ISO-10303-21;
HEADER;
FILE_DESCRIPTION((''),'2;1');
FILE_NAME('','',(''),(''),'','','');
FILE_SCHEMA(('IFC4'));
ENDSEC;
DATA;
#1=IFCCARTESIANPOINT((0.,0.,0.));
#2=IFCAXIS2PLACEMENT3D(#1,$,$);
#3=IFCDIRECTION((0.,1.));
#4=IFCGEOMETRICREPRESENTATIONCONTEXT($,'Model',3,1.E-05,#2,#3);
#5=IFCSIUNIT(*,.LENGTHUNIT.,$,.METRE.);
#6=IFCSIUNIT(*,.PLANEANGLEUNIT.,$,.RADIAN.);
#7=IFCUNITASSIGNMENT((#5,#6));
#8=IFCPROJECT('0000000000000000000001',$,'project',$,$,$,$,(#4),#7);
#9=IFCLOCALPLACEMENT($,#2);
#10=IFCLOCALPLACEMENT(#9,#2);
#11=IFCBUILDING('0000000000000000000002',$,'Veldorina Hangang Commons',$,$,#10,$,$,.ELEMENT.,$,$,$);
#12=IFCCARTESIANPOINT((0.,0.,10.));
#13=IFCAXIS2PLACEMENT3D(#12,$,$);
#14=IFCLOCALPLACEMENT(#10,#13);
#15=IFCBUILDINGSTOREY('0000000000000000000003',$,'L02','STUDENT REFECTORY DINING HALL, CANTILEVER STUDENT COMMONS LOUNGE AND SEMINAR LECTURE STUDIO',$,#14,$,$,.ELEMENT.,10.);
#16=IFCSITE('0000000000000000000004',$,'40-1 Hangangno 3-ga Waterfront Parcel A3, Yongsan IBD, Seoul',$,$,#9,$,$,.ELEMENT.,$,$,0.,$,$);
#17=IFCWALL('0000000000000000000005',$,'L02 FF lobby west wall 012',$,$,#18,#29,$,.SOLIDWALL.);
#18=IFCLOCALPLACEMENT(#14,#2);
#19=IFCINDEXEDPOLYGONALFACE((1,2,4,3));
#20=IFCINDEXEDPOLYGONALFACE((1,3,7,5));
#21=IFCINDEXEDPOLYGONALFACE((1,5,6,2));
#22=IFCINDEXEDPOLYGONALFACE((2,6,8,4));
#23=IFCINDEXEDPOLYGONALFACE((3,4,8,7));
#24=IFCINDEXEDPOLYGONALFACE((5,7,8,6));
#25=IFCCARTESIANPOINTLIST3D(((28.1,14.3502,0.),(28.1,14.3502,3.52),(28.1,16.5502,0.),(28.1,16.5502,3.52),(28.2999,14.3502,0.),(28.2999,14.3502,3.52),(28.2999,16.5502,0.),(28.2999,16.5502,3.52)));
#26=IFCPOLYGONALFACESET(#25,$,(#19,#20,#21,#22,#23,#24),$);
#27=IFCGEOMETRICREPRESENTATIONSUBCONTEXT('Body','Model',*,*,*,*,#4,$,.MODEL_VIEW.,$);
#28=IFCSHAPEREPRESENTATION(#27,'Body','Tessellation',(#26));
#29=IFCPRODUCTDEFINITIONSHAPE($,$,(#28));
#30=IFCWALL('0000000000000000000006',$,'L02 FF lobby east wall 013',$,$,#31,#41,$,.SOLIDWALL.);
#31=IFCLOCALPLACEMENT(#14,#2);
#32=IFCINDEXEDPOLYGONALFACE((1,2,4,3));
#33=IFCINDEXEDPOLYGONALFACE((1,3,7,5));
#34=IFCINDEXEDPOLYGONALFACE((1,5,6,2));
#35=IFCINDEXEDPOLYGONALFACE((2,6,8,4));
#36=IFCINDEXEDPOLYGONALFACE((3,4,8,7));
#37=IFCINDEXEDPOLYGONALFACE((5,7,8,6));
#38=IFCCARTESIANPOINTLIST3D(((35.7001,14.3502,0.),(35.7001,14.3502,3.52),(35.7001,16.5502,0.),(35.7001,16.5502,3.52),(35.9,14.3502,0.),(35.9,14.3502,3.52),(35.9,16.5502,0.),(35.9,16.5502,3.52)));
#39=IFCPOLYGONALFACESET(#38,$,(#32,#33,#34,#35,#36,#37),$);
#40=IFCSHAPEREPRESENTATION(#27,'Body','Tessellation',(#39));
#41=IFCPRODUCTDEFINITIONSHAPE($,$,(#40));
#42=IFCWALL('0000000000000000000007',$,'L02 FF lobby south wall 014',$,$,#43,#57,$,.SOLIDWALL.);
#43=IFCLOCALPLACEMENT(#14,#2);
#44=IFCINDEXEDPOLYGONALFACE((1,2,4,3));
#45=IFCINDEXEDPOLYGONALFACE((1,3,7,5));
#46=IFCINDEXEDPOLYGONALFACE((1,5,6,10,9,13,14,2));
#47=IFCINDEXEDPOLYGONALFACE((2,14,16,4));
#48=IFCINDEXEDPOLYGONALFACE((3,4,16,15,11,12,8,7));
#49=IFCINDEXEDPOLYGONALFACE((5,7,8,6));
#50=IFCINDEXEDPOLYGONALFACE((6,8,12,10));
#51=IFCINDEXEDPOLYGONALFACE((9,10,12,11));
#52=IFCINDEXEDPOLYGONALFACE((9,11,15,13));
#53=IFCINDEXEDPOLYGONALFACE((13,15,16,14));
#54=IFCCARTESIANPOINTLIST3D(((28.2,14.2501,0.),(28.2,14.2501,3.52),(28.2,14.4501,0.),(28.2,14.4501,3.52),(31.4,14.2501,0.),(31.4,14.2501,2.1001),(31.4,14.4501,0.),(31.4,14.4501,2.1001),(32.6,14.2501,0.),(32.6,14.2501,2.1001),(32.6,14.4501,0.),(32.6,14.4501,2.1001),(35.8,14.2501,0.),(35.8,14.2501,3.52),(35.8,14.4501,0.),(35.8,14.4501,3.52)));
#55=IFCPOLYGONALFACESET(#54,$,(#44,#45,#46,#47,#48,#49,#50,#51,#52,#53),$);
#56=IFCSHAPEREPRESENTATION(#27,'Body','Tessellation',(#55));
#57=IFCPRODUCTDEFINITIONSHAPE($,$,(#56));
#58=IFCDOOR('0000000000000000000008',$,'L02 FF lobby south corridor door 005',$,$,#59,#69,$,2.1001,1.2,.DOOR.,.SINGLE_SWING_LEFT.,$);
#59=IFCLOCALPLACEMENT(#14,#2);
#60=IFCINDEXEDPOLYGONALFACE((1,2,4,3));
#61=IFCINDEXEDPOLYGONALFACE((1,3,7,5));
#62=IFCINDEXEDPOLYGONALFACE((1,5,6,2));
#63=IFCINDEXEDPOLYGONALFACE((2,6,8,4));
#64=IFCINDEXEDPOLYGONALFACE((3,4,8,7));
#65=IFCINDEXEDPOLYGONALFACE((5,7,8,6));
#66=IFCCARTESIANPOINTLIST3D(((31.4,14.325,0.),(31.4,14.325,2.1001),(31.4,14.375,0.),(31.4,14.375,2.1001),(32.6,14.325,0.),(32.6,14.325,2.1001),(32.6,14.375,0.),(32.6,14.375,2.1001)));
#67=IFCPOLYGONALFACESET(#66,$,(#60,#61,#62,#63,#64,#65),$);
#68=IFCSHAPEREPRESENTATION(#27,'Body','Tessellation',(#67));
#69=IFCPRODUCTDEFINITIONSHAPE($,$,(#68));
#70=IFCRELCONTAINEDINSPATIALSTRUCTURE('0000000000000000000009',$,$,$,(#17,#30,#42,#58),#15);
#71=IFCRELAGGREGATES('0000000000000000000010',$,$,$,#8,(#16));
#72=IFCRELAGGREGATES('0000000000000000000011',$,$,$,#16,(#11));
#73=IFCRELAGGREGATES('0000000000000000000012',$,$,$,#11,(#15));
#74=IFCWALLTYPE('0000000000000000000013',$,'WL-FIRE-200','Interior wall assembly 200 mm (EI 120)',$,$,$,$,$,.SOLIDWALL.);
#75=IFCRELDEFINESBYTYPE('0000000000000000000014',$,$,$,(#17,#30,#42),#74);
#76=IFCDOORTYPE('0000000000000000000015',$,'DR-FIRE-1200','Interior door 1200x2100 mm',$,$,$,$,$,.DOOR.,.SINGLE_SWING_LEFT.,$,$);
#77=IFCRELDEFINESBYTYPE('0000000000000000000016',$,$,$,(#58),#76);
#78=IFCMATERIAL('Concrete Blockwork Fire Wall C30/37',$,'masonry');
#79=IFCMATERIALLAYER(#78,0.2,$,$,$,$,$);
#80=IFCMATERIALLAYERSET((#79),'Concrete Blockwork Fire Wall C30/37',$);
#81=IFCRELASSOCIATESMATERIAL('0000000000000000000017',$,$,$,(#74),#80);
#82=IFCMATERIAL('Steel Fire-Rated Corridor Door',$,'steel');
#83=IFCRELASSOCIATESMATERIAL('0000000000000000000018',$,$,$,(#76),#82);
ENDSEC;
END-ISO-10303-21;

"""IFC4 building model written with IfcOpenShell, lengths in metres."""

from ifc_helpers import new_model, si_unit, direction, frame, frame_2d, origin, place, context, subcontext, project, spatial, rectangle, extrude, material, layer, layer_set, type_object, element, fill, save


model = new_model("IFC4")

# Units and contexts
model_context = context("Model", 3, precision=1e-05, world=origin(), true_north=direction((0.0, 1.0)))
body_context = subcontext(model_context, "Body", "Model", "MODEL_VIEW")
ifc_project = project(units=[si_unit("LENGTHUNIT", "METRE"), si_unit("PLANEANGLEUNIT", "RADIAN")], contexts=[model_context])

# Site, building, storey
site_placement = place(None, origin())
site = spatial("IfcSite", under=ifc_project, at=site_placement, Name="40-1 Hangangno 3-ga Waterfront Parcel A3, Yongsan IBD, Seoul", CompositionType="ELEMENT", RefElevation=0.0)
building_placement = place(site_placement, origin())
building = spatial("IfcBuilding", under=site, at=building_placement, Name="Veldorina Hangang Commons", CompositionType="ELEMENT")
storey_placement = place(building_placement, frame((0.0, 0.0, 10.0)))
storey = spatial("IfcBuildingStorey", under=building, at=storey_placement, Name="L02", Description="STUDENT REFECTORY DINING HALL, CANTILEVER STUDENT COMMONS LOUNGE AND SEMINAR LECTURE STUDIO", CompositionType="ELEMENT", Elevation=10.0)

# Walls
ifc_material_1 = material(Name="Concrete Blockwork Fire Wall C30/37", Category="masonry")
ifc_layer_1 = layer(ifc_material_1, 0.2)
ifc_layer_set_1 = layer_set([ifc_layer_1], Name="Concrete Blockwork Fire Wall C30/37")
wall_type_1 = type_object("IfcWallType", Name="WL-FIRE-200", Description="Interior wall assembly 200 mm (EI 120)", PredefinedType="SOLIDWALL", material=ifc_layer_set_1)
for number, where, z_axis, x_axis, name in (
    (1, (28.2, 14.3501, 0.0), (0.0, 0.0, 1.0), (0.0, 1.0, 0.0), "L02 FF lobby west wall 012"),
    (2, (35.8, 14.3501, 0.0), (0.0, 0.0, 1.0), (0.0, 1.0, 0.0), "L02 FF lobby east wall 013"),
):
    element("IfcWall", number, at=place(storey_placement, frame(where, z_axis=z_axis, x_axis=x_axis)), inside=storey, type_object=wall_type_1, Name=name, PredefinedType="SOLIDWALL", context=body_context, shape_type="SweptSolid", body=[
        extrude(rectangle(XDim=2.2, YDim=0.2, at=frame_2d((1.1001, 0.0))), origin(), (0.0, 0.0, 1.0), 3.52),
    ])

# Wall, opening, door
wall_1_placement = place(storey_placement, frame((28.2, 14.3501, 0.0), z_axis=(0.0, 0.0, 1.0), x_axis=(1.0, 0.0, 0.0)))
wall_1 = element("IfcWall", 3, at=wall_1_placement, inside=storey, type_object=wall_type_1, Name="L02 FF lobby south wall 014", PredefinedType="SOLIDWALL", context=body_context, shape_type="SweptSolid", body=[
    extrude(rectangle(XDim=7.6001, YDim=0.2, at=frame_2d((3.8, 0.0))), origin(), (0.0, 0.0, 1.0), 3.52),
])
opening_placement = place(wall_1_placement, frame((3.2, 0.0, 0.0)))
opening = element("IfcOpeningElement", 4, at=opening_placement, cuts=wall_1, PredefinedType="OPENING", context=body_context, shape_type="SweptSolid", body=[
    extrude(rectangle(XDim=1.2, YDim=2.1001, at=frame_2d((0.6001, 1.05))), frame((0.0, 0.1099, 0.0), z_axis=(0.0, -1.0, 0.0), x_axis=(1.0, 0.0, 0.0)), (0.0, 0.0, 1.0), 0.22),
])
ifc_material_2 = material(Name="Steel Fire-Rated Corridor Door", Category="steel")
door_type = type_object("IfcDoorType", Name="DR-FIRE-1200", Description="Interior door 1200x2100 mm", OperationType="SINGLE_SWING_LEFT", PredefinedType="DOOR", material=ifc_material_2)
door_placement = place(opening_placement, origin())
door = element("IfcDoor", 5, at=door_placement, inside=storey, type_object=door_type, Name="L02 FF lobby south corridor door 005", OperationType="SINGLE_SWING_LEFT", OverallHeight=2.1001, OverallWidth=1.2, PredefinedType="DOOR", context=body_context, shape_type="SweptSolid", body=[
    extrude(rectangle(XDim=1.2, YDim=2.1001, at=frame_2d((0.6001, 1.05))), frame((0.0, 0.0249, 0.0), z_axis=(0.0, -1.0, 0.0), x_axis=(1.0, 0.0, 0.0)), (0.0, 0.0, 1.0), 0.05),
])
fill(opening, door)

save(model, "model.ifc")
